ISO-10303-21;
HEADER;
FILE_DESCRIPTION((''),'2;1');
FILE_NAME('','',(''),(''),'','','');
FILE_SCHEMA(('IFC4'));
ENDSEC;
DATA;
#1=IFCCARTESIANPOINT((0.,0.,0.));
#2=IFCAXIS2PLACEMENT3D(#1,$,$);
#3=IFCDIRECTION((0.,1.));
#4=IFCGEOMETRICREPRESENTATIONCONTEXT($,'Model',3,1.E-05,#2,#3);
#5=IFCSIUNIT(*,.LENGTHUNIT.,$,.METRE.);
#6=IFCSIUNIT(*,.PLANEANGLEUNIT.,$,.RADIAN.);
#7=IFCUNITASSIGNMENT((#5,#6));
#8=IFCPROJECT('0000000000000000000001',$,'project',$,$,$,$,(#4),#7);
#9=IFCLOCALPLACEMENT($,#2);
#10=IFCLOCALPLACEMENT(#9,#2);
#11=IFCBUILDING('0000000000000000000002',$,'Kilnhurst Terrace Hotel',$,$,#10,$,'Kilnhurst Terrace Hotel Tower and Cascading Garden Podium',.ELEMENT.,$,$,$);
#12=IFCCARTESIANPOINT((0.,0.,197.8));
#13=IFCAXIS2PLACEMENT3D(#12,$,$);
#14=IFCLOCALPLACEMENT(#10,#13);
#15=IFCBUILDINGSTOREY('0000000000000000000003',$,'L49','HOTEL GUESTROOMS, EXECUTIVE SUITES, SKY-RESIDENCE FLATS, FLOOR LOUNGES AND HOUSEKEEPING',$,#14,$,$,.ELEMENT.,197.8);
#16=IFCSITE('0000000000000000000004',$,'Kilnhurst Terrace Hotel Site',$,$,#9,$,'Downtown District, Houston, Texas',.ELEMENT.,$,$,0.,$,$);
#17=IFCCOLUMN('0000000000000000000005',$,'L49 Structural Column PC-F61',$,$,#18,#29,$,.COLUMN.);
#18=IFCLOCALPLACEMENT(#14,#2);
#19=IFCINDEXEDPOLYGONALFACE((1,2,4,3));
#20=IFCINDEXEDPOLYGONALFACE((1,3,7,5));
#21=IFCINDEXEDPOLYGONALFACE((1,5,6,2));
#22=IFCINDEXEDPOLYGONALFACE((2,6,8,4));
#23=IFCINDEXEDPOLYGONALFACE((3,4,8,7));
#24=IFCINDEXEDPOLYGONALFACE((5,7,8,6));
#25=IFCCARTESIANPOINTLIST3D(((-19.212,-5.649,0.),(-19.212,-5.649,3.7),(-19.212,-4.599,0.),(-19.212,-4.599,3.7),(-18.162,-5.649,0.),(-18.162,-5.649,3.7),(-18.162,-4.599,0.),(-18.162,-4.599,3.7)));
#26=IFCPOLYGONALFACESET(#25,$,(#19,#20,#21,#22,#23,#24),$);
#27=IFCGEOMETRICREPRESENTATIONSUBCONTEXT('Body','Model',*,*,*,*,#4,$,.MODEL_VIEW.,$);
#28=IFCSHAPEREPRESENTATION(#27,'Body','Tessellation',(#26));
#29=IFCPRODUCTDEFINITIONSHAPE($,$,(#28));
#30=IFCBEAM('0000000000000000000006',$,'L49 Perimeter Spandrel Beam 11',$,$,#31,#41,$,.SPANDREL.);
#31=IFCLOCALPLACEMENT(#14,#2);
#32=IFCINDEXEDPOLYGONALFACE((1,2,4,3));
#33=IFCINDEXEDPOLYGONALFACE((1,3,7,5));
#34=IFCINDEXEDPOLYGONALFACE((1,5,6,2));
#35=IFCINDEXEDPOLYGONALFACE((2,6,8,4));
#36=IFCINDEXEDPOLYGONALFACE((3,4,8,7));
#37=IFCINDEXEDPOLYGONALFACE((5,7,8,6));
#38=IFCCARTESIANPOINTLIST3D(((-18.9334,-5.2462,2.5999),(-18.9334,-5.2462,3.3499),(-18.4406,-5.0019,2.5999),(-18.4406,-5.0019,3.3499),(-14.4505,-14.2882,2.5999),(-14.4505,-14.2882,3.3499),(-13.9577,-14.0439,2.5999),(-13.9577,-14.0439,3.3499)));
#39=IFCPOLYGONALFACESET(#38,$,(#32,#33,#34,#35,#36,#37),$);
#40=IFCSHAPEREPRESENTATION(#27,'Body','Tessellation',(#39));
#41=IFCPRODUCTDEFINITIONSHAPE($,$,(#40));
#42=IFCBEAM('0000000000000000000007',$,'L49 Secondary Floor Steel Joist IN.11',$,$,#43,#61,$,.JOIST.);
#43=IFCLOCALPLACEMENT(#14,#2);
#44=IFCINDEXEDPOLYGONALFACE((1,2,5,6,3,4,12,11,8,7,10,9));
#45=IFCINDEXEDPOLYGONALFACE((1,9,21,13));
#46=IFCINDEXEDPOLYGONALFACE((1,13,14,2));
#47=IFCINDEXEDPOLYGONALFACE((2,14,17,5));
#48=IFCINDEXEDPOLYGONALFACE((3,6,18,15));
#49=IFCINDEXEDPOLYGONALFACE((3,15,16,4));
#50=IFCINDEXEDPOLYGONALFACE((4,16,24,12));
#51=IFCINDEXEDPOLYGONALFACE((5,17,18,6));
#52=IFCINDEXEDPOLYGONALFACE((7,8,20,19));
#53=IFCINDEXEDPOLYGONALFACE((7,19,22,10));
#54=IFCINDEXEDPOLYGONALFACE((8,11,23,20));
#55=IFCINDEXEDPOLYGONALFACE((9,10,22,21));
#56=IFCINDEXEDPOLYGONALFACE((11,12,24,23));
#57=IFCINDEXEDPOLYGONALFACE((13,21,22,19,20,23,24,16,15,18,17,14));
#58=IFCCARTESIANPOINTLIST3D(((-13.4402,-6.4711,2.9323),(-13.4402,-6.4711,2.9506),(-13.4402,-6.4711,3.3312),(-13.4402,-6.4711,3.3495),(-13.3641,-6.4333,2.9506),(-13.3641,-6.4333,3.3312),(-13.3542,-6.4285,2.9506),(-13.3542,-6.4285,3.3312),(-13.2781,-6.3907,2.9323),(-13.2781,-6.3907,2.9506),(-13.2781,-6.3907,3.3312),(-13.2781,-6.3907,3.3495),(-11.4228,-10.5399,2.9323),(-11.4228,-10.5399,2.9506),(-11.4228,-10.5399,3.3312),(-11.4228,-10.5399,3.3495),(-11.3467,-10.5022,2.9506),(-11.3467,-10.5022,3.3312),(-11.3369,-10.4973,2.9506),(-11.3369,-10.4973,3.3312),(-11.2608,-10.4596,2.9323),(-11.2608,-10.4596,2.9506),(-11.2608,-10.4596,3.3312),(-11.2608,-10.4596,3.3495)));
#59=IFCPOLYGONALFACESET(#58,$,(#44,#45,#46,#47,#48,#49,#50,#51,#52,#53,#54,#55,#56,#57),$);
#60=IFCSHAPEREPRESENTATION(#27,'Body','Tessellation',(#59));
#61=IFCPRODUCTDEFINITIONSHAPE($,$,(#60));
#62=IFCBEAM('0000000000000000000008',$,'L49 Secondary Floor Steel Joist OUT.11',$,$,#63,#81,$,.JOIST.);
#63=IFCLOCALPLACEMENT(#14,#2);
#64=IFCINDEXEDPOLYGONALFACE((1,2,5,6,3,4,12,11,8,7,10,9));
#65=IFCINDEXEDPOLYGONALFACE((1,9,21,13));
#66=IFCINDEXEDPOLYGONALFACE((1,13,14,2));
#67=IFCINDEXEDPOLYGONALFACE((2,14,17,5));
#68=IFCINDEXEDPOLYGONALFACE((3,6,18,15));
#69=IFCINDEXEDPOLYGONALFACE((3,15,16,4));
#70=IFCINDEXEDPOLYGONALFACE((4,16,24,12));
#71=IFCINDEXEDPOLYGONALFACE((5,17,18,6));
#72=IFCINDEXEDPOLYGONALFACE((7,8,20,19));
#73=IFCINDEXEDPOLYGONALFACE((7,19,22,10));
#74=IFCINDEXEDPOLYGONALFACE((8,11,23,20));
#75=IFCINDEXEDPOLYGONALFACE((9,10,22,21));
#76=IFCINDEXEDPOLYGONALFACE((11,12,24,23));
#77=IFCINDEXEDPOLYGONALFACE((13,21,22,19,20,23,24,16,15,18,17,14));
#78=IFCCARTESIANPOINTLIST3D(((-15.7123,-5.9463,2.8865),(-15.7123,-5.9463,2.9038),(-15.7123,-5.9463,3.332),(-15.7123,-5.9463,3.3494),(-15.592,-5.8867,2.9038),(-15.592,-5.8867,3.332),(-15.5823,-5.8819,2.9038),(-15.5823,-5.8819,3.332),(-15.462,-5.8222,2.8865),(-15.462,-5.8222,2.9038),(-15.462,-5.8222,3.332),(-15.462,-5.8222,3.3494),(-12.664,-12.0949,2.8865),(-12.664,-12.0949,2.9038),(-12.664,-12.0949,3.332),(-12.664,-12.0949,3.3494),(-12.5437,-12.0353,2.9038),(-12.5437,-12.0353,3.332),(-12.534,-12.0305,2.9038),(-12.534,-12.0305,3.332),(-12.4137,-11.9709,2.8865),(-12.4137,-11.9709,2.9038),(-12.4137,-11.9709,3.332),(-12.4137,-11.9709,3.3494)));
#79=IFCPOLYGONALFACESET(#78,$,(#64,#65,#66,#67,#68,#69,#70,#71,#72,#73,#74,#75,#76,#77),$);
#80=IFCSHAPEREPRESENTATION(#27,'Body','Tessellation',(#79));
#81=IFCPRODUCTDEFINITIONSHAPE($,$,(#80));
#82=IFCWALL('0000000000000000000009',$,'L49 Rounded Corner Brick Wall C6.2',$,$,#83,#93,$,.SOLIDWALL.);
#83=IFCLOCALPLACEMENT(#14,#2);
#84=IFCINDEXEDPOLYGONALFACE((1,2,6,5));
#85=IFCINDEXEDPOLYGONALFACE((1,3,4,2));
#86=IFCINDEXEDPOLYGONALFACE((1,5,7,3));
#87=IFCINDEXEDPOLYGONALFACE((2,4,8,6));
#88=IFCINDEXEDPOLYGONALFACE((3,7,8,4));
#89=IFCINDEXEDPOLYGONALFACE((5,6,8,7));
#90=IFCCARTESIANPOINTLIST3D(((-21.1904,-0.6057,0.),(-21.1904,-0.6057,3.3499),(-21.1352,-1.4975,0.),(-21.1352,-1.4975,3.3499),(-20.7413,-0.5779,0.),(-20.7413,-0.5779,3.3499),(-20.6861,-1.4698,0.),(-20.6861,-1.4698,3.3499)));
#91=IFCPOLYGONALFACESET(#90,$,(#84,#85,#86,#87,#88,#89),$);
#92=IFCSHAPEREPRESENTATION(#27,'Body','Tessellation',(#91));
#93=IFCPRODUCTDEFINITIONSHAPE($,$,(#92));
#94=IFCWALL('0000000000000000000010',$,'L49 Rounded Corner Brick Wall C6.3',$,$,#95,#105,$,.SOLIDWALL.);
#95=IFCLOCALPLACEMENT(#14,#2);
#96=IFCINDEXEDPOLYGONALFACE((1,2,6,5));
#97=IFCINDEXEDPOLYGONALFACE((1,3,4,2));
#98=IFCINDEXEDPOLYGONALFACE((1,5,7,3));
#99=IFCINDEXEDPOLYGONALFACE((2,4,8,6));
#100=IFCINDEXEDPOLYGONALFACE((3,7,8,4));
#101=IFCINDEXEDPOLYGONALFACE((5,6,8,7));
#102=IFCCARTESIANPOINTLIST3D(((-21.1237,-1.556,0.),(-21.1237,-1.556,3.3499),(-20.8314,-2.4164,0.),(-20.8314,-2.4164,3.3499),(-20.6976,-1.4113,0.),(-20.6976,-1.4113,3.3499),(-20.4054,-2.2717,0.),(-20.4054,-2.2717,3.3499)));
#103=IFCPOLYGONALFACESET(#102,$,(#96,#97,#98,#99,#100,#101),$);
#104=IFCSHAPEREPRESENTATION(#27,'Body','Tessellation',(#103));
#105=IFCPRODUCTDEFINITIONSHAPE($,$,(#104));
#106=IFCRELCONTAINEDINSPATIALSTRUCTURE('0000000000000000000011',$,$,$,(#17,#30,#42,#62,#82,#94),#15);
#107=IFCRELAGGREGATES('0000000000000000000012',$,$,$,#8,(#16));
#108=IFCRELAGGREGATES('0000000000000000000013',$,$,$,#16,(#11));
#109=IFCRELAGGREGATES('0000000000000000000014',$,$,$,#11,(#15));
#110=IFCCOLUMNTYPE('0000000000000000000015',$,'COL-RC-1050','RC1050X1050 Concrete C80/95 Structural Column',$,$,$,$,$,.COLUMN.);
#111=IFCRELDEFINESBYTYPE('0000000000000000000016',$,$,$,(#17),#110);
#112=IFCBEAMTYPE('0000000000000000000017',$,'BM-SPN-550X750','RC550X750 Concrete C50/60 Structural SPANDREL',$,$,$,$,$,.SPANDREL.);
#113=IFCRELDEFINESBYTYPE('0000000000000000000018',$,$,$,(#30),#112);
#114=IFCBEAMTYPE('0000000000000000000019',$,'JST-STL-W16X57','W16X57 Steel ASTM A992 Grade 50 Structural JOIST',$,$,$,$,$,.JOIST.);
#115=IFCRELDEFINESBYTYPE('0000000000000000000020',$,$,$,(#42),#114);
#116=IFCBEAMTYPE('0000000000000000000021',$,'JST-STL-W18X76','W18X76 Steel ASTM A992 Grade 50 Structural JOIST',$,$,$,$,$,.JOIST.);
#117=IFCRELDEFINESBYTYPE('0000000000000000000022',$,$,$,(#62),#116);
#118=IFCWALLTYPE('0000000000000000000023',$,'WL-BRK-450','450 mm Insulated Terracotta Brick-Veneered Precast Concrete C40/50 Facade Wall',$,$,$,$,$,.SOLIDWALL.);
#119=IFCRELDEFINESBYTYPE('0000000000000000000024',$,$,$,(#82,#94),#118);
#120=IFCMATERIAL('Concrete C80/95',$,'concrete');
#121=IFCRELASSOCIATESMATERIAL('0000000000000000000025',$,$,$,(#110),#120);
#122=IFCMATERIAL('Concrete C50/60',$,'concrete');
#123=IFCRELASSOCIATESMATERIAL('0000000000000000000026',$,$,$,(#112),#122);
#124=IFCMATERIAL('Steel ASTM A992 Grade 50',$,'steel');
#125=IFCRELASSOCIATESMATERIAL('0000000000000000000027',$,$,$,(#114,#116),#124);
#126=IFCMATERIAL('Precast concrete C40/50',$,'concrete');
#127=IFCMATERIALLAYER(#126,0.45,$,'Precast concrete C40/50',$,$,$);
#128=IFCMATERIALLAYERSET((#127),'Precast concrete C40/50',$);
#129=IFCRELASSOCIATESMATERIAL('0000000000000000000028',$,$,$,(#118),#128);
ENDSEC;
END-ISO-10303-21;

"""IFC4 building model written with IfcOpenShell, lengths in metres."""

from ifc_helpers import new_model, si_unit, direction, frame, frame_2d, origin, origin_2d, place, context, subcontext, project, spatial, rectangle, i_section, extrude, material, layer, layer_set, material_profile, profile_set, type_object, element, save


model = new_model("IFC4")

# Units and contexts
model_context = context("Model", 3, precision=1e-05, world=origin(), true_north=direction((0.0, 1.0)))
body_context = subcontext(model_context, "Body", "Model", "MODEL_VIEW")
ifc_project = project(units=[si_unit("LENGTHUNIT", "METRE"), si_unit("PLANEANGLEUNIT", "RADIAN")], contexts=[model_context])

# Site, building, storey
site_placement = place(None, origin())
site = spatial("IfcSite", under=ifc_project, at=site_placement, Name="Kilnhurst Terrace Hotel Site", LongName="Downtown District, Houston, Texas", CompositionType="ELEMENT", RefElevation=0.0)
building_placement = place(site_placement, origin())
building = spatial("IfcBuilding", under=site, at=building_placement, Name="Kilnhurst Terrace Hotel", LongName="Kilnhurst Terrace Hotel Tower and Cascading Garden Podium", CompositionType="ELEMENT")
storey_placement = place(building_placement, frame((0.0, 0.0, 197.8)))
storey = spatial("IfcBuildingStorey", under=building, at=storey_placement, Name="L49", Description="HOTEL GUESTROOMS, EXECUTIVE SUITES, SKY-RESIDENCE FLATS, FLOOR LOUNGES AND HOUSEKEEPING", CompositionType="ELEMENT", Elevation=197.8)

# Column
ifc_material_1 = material(Name="Concrete C80/95", Category="concrete")
ifc_material_profile_1 = material_profile(ifc_material_1, rectangle(XDim=1.05, YDim=1.05, at=origin_2d()), Name="RC1050X1050")
ifc_profile_set_1 = profile_set([ifc_material_profile_1], Name="Concrete C80/95")
column_type = type_object("IfcColumnType", Name="COL-RC-1050", Description="RC1050X1050 Concrete C80/95 Structural Column", PredefinedType="COLUMN", material=ifc_profile_set_1)
column_placement = place(storey_placement, frame((-18.687, -5.124, 0.0), z_axis=(0.0, 0.0, 1.0), x_axis=(1.0, 0.0, 0.0)))
element("IfcColumn", 1, at=column_placement, inside=storey, type_object=column_type, Name="L49 Structural Column PC-F61", PredefinedType="COLUMN", context=body_context, shape_type="SweptSolid", body=[
    extrude(rectangle(XDim=1.05, YDim=1.05, at=origin_2d()), origin(), (0.0, 0.0, 1.0), 3.7),
])

# Beams
ifc_material_2 = material(Name="Concrete C50/60", Category="concrete")
ifc_material_profile_2 = material_profile(ifc_material_2, rectangle(XDim=0.55, YDim=0.75, at=origin_2d()), Name="RC550X750")
ifc_profile_set_2 = profile_set([ifc_material_profile_2], Name="Concrete C50/60")
beam_type_1 = type_object("IfcBeamType", Name="BM-SPN-550X750", Description="RC550X750 Concrete C50/60 Structural SPANDREL", PredefinedType="SPANDREL", material=ifc_profile_set_2)
beam_1_placement = place(storey_placement, frame((-18.687, -5.124, 2.9749), z_axis=(0.444192, -0.895932, 0.0), x_axis=(0.895932, 0.444192, 0.0)))
element("IfcBeam", 2, at=beam_1_placement, inside=storey, type_object=beam_type_1, Name="L49 Perimeter Spandrel Beam 11", PredefinedType="SPANDREL", context=body_context, shape_type="SweptSolid", body=[
    extrude(rectangle(XDim=0.55, YDim=0.75, at=origin_2d()), origin(), (0.0, 0.0, 1.0), 10.0923),
])
ifc_material_3 = material(Name="Steel ASTM A992 Grade 50", Category="steel")
ifc_material_profile_3 = material_profile(ifc_material_3, i_section(OverallWidth=0.1809, OverallDepth=0.4172, WebThickness=0.011, FlangeThickness=0.0183, at=origin_2d()), Name="W16X57")
ifc_profile_set_3 = profile_set([ifc_material_profile_3], Name="Steel ASTM A992 Grade 50")
beam_type_2 = type_object("IfcBeamType", Name="JST-STL-W16X57", Description="W16X57 Steel ASTM A992 Grade 50 Structural JOIST", PredefinedType="JOIST", material=ifc_profile_set_3)
beam_2_placement = place(storey_placement, frame((-13.3591, -6.4309, 3.1409), z_axis=(0.444201, -0.895927, 0.0), x_axis=(0.895927, 0.444201, 0.0)))
element("IfcBeam", 3, at=beam_2_placement, inside=storey, type_object=beam_type_2, Name="L49 Secondary Floor Steel Joist IN.11", PredefinedType="JOIST", context=body_context, shape_type="SweptSolid", body=[
    extrude(i_section(OverallWidth=0.1809, OverallDepth=0.4172, WebThickness=0.011, FlangeThickness=0.0183, at=origin_2d()), origin(), (0.0, 0.0, 1.0), 4.5415),
])
ifc_material_profile_4 = material_profile(ifc_material_3, i_section(OverallWidth=0.2793, OverallDepth=0.4629, WebThickness=0.0107, FlangeThickness=0.0173, at=origin_2d()), Name="W18X76")
ifc_profile_set_4 = profile_set([ifc_material_profile_4], Name="Steel ASTM A992 Grade 50")
beam_type_3 = type_object("IfcBeamType", Name="JST-STL-W18X76", Description="W18X76 Steel ASTM A992 Grade 50 Structural JOIST", PredefinedType="JOIST", material=ifc_profile_set_4)
beam_3_placement = place(storey_placement, frame((-15.5872, -5.8843, 3.1179), z_axis=(0.44418, -0.895938, 0.0), x_axis=(0.895938, 0.44418, 0.0)))
element("IfcBeam", 4, at=beam_3_placement, inside=storey, type_object=beam_type_3, Name="L49 Secondary Floor Steel Joist OUT.11", PredefinedType="JOIST", context=body_context, shape_type="SweptSolid", body=[
    extrude(i_section(OverallWidth=0.2793, OverallDepth=0.4629, WebThickness=0.0107, FlangeThickness=0.0173, at=origin_2d()), origin(), (0.0, 0.0, 1.0), 6.8628),
])

# Walls
ifc_material_4 = material(Name="Precast concrete C40/50", Category="concrete")
ifc_layer_1 = layer(ifc_material_4, 0.45, Name="Precast concrete C40/50")
ifc_layer_set_1 = layer_set([ifc_layer_1], Name="Precast concrete C40/50")
wall_type_1 = type_object("IfcWallType", Name="WL-BRK-450", Description="450 mm Insulated Terracotta Brick-Veneered Precast Concrete C40/50 Facade Wall", PredefinedType="SOLIDWALL", material=ifc_layer_set_1)
wall_1_placement = place(storey_placement, frame((-20.9658, -0.5918, 0.0), z_axis=(0.0, 0.0, 1.0), x_axis=(0.061749, -0.998092, 0.0)))
element("IfcWall", 5, at=wall_1_placement, inside=storey, type_object=wall_type_1, Name="L49 Rounded Corner Brick Wall C6.2", PredefinedType="SOLIDWALL", context=body_context, shape_type="SweptSolid", body=[
    extrude(rectangle(XDim=0.8936, YDim=0.45, at=frame_2d((0.4468, 0.0))), origin(), (0.0, 0.0, 1.0), 3.3499),
])
wall_2_placement = place(storey_placement, frame((-20.9106, -1.4836, 0.0), z_axis=(0.0, 0.0, 1.0), x_axis=(0.321623, -0.946868, 0.0)))
element("IfcWall", 6, at=wall_2_placement, inside=storey, type_object=wall_type_1, Name="L49 Rounded Corner Brick Wall C6.3", PredefinedType="SOLIDWALL", context=body_context, shape_type="SweptSolid", body=[
    extrude(rectangle(XDim=0.9087, YDim=0.45, at=frame_2d((0.4543, 0.0))), origin(), (0.0, 0.0, 1.0), 3.3499),
])

save(model, "model.ifc")
